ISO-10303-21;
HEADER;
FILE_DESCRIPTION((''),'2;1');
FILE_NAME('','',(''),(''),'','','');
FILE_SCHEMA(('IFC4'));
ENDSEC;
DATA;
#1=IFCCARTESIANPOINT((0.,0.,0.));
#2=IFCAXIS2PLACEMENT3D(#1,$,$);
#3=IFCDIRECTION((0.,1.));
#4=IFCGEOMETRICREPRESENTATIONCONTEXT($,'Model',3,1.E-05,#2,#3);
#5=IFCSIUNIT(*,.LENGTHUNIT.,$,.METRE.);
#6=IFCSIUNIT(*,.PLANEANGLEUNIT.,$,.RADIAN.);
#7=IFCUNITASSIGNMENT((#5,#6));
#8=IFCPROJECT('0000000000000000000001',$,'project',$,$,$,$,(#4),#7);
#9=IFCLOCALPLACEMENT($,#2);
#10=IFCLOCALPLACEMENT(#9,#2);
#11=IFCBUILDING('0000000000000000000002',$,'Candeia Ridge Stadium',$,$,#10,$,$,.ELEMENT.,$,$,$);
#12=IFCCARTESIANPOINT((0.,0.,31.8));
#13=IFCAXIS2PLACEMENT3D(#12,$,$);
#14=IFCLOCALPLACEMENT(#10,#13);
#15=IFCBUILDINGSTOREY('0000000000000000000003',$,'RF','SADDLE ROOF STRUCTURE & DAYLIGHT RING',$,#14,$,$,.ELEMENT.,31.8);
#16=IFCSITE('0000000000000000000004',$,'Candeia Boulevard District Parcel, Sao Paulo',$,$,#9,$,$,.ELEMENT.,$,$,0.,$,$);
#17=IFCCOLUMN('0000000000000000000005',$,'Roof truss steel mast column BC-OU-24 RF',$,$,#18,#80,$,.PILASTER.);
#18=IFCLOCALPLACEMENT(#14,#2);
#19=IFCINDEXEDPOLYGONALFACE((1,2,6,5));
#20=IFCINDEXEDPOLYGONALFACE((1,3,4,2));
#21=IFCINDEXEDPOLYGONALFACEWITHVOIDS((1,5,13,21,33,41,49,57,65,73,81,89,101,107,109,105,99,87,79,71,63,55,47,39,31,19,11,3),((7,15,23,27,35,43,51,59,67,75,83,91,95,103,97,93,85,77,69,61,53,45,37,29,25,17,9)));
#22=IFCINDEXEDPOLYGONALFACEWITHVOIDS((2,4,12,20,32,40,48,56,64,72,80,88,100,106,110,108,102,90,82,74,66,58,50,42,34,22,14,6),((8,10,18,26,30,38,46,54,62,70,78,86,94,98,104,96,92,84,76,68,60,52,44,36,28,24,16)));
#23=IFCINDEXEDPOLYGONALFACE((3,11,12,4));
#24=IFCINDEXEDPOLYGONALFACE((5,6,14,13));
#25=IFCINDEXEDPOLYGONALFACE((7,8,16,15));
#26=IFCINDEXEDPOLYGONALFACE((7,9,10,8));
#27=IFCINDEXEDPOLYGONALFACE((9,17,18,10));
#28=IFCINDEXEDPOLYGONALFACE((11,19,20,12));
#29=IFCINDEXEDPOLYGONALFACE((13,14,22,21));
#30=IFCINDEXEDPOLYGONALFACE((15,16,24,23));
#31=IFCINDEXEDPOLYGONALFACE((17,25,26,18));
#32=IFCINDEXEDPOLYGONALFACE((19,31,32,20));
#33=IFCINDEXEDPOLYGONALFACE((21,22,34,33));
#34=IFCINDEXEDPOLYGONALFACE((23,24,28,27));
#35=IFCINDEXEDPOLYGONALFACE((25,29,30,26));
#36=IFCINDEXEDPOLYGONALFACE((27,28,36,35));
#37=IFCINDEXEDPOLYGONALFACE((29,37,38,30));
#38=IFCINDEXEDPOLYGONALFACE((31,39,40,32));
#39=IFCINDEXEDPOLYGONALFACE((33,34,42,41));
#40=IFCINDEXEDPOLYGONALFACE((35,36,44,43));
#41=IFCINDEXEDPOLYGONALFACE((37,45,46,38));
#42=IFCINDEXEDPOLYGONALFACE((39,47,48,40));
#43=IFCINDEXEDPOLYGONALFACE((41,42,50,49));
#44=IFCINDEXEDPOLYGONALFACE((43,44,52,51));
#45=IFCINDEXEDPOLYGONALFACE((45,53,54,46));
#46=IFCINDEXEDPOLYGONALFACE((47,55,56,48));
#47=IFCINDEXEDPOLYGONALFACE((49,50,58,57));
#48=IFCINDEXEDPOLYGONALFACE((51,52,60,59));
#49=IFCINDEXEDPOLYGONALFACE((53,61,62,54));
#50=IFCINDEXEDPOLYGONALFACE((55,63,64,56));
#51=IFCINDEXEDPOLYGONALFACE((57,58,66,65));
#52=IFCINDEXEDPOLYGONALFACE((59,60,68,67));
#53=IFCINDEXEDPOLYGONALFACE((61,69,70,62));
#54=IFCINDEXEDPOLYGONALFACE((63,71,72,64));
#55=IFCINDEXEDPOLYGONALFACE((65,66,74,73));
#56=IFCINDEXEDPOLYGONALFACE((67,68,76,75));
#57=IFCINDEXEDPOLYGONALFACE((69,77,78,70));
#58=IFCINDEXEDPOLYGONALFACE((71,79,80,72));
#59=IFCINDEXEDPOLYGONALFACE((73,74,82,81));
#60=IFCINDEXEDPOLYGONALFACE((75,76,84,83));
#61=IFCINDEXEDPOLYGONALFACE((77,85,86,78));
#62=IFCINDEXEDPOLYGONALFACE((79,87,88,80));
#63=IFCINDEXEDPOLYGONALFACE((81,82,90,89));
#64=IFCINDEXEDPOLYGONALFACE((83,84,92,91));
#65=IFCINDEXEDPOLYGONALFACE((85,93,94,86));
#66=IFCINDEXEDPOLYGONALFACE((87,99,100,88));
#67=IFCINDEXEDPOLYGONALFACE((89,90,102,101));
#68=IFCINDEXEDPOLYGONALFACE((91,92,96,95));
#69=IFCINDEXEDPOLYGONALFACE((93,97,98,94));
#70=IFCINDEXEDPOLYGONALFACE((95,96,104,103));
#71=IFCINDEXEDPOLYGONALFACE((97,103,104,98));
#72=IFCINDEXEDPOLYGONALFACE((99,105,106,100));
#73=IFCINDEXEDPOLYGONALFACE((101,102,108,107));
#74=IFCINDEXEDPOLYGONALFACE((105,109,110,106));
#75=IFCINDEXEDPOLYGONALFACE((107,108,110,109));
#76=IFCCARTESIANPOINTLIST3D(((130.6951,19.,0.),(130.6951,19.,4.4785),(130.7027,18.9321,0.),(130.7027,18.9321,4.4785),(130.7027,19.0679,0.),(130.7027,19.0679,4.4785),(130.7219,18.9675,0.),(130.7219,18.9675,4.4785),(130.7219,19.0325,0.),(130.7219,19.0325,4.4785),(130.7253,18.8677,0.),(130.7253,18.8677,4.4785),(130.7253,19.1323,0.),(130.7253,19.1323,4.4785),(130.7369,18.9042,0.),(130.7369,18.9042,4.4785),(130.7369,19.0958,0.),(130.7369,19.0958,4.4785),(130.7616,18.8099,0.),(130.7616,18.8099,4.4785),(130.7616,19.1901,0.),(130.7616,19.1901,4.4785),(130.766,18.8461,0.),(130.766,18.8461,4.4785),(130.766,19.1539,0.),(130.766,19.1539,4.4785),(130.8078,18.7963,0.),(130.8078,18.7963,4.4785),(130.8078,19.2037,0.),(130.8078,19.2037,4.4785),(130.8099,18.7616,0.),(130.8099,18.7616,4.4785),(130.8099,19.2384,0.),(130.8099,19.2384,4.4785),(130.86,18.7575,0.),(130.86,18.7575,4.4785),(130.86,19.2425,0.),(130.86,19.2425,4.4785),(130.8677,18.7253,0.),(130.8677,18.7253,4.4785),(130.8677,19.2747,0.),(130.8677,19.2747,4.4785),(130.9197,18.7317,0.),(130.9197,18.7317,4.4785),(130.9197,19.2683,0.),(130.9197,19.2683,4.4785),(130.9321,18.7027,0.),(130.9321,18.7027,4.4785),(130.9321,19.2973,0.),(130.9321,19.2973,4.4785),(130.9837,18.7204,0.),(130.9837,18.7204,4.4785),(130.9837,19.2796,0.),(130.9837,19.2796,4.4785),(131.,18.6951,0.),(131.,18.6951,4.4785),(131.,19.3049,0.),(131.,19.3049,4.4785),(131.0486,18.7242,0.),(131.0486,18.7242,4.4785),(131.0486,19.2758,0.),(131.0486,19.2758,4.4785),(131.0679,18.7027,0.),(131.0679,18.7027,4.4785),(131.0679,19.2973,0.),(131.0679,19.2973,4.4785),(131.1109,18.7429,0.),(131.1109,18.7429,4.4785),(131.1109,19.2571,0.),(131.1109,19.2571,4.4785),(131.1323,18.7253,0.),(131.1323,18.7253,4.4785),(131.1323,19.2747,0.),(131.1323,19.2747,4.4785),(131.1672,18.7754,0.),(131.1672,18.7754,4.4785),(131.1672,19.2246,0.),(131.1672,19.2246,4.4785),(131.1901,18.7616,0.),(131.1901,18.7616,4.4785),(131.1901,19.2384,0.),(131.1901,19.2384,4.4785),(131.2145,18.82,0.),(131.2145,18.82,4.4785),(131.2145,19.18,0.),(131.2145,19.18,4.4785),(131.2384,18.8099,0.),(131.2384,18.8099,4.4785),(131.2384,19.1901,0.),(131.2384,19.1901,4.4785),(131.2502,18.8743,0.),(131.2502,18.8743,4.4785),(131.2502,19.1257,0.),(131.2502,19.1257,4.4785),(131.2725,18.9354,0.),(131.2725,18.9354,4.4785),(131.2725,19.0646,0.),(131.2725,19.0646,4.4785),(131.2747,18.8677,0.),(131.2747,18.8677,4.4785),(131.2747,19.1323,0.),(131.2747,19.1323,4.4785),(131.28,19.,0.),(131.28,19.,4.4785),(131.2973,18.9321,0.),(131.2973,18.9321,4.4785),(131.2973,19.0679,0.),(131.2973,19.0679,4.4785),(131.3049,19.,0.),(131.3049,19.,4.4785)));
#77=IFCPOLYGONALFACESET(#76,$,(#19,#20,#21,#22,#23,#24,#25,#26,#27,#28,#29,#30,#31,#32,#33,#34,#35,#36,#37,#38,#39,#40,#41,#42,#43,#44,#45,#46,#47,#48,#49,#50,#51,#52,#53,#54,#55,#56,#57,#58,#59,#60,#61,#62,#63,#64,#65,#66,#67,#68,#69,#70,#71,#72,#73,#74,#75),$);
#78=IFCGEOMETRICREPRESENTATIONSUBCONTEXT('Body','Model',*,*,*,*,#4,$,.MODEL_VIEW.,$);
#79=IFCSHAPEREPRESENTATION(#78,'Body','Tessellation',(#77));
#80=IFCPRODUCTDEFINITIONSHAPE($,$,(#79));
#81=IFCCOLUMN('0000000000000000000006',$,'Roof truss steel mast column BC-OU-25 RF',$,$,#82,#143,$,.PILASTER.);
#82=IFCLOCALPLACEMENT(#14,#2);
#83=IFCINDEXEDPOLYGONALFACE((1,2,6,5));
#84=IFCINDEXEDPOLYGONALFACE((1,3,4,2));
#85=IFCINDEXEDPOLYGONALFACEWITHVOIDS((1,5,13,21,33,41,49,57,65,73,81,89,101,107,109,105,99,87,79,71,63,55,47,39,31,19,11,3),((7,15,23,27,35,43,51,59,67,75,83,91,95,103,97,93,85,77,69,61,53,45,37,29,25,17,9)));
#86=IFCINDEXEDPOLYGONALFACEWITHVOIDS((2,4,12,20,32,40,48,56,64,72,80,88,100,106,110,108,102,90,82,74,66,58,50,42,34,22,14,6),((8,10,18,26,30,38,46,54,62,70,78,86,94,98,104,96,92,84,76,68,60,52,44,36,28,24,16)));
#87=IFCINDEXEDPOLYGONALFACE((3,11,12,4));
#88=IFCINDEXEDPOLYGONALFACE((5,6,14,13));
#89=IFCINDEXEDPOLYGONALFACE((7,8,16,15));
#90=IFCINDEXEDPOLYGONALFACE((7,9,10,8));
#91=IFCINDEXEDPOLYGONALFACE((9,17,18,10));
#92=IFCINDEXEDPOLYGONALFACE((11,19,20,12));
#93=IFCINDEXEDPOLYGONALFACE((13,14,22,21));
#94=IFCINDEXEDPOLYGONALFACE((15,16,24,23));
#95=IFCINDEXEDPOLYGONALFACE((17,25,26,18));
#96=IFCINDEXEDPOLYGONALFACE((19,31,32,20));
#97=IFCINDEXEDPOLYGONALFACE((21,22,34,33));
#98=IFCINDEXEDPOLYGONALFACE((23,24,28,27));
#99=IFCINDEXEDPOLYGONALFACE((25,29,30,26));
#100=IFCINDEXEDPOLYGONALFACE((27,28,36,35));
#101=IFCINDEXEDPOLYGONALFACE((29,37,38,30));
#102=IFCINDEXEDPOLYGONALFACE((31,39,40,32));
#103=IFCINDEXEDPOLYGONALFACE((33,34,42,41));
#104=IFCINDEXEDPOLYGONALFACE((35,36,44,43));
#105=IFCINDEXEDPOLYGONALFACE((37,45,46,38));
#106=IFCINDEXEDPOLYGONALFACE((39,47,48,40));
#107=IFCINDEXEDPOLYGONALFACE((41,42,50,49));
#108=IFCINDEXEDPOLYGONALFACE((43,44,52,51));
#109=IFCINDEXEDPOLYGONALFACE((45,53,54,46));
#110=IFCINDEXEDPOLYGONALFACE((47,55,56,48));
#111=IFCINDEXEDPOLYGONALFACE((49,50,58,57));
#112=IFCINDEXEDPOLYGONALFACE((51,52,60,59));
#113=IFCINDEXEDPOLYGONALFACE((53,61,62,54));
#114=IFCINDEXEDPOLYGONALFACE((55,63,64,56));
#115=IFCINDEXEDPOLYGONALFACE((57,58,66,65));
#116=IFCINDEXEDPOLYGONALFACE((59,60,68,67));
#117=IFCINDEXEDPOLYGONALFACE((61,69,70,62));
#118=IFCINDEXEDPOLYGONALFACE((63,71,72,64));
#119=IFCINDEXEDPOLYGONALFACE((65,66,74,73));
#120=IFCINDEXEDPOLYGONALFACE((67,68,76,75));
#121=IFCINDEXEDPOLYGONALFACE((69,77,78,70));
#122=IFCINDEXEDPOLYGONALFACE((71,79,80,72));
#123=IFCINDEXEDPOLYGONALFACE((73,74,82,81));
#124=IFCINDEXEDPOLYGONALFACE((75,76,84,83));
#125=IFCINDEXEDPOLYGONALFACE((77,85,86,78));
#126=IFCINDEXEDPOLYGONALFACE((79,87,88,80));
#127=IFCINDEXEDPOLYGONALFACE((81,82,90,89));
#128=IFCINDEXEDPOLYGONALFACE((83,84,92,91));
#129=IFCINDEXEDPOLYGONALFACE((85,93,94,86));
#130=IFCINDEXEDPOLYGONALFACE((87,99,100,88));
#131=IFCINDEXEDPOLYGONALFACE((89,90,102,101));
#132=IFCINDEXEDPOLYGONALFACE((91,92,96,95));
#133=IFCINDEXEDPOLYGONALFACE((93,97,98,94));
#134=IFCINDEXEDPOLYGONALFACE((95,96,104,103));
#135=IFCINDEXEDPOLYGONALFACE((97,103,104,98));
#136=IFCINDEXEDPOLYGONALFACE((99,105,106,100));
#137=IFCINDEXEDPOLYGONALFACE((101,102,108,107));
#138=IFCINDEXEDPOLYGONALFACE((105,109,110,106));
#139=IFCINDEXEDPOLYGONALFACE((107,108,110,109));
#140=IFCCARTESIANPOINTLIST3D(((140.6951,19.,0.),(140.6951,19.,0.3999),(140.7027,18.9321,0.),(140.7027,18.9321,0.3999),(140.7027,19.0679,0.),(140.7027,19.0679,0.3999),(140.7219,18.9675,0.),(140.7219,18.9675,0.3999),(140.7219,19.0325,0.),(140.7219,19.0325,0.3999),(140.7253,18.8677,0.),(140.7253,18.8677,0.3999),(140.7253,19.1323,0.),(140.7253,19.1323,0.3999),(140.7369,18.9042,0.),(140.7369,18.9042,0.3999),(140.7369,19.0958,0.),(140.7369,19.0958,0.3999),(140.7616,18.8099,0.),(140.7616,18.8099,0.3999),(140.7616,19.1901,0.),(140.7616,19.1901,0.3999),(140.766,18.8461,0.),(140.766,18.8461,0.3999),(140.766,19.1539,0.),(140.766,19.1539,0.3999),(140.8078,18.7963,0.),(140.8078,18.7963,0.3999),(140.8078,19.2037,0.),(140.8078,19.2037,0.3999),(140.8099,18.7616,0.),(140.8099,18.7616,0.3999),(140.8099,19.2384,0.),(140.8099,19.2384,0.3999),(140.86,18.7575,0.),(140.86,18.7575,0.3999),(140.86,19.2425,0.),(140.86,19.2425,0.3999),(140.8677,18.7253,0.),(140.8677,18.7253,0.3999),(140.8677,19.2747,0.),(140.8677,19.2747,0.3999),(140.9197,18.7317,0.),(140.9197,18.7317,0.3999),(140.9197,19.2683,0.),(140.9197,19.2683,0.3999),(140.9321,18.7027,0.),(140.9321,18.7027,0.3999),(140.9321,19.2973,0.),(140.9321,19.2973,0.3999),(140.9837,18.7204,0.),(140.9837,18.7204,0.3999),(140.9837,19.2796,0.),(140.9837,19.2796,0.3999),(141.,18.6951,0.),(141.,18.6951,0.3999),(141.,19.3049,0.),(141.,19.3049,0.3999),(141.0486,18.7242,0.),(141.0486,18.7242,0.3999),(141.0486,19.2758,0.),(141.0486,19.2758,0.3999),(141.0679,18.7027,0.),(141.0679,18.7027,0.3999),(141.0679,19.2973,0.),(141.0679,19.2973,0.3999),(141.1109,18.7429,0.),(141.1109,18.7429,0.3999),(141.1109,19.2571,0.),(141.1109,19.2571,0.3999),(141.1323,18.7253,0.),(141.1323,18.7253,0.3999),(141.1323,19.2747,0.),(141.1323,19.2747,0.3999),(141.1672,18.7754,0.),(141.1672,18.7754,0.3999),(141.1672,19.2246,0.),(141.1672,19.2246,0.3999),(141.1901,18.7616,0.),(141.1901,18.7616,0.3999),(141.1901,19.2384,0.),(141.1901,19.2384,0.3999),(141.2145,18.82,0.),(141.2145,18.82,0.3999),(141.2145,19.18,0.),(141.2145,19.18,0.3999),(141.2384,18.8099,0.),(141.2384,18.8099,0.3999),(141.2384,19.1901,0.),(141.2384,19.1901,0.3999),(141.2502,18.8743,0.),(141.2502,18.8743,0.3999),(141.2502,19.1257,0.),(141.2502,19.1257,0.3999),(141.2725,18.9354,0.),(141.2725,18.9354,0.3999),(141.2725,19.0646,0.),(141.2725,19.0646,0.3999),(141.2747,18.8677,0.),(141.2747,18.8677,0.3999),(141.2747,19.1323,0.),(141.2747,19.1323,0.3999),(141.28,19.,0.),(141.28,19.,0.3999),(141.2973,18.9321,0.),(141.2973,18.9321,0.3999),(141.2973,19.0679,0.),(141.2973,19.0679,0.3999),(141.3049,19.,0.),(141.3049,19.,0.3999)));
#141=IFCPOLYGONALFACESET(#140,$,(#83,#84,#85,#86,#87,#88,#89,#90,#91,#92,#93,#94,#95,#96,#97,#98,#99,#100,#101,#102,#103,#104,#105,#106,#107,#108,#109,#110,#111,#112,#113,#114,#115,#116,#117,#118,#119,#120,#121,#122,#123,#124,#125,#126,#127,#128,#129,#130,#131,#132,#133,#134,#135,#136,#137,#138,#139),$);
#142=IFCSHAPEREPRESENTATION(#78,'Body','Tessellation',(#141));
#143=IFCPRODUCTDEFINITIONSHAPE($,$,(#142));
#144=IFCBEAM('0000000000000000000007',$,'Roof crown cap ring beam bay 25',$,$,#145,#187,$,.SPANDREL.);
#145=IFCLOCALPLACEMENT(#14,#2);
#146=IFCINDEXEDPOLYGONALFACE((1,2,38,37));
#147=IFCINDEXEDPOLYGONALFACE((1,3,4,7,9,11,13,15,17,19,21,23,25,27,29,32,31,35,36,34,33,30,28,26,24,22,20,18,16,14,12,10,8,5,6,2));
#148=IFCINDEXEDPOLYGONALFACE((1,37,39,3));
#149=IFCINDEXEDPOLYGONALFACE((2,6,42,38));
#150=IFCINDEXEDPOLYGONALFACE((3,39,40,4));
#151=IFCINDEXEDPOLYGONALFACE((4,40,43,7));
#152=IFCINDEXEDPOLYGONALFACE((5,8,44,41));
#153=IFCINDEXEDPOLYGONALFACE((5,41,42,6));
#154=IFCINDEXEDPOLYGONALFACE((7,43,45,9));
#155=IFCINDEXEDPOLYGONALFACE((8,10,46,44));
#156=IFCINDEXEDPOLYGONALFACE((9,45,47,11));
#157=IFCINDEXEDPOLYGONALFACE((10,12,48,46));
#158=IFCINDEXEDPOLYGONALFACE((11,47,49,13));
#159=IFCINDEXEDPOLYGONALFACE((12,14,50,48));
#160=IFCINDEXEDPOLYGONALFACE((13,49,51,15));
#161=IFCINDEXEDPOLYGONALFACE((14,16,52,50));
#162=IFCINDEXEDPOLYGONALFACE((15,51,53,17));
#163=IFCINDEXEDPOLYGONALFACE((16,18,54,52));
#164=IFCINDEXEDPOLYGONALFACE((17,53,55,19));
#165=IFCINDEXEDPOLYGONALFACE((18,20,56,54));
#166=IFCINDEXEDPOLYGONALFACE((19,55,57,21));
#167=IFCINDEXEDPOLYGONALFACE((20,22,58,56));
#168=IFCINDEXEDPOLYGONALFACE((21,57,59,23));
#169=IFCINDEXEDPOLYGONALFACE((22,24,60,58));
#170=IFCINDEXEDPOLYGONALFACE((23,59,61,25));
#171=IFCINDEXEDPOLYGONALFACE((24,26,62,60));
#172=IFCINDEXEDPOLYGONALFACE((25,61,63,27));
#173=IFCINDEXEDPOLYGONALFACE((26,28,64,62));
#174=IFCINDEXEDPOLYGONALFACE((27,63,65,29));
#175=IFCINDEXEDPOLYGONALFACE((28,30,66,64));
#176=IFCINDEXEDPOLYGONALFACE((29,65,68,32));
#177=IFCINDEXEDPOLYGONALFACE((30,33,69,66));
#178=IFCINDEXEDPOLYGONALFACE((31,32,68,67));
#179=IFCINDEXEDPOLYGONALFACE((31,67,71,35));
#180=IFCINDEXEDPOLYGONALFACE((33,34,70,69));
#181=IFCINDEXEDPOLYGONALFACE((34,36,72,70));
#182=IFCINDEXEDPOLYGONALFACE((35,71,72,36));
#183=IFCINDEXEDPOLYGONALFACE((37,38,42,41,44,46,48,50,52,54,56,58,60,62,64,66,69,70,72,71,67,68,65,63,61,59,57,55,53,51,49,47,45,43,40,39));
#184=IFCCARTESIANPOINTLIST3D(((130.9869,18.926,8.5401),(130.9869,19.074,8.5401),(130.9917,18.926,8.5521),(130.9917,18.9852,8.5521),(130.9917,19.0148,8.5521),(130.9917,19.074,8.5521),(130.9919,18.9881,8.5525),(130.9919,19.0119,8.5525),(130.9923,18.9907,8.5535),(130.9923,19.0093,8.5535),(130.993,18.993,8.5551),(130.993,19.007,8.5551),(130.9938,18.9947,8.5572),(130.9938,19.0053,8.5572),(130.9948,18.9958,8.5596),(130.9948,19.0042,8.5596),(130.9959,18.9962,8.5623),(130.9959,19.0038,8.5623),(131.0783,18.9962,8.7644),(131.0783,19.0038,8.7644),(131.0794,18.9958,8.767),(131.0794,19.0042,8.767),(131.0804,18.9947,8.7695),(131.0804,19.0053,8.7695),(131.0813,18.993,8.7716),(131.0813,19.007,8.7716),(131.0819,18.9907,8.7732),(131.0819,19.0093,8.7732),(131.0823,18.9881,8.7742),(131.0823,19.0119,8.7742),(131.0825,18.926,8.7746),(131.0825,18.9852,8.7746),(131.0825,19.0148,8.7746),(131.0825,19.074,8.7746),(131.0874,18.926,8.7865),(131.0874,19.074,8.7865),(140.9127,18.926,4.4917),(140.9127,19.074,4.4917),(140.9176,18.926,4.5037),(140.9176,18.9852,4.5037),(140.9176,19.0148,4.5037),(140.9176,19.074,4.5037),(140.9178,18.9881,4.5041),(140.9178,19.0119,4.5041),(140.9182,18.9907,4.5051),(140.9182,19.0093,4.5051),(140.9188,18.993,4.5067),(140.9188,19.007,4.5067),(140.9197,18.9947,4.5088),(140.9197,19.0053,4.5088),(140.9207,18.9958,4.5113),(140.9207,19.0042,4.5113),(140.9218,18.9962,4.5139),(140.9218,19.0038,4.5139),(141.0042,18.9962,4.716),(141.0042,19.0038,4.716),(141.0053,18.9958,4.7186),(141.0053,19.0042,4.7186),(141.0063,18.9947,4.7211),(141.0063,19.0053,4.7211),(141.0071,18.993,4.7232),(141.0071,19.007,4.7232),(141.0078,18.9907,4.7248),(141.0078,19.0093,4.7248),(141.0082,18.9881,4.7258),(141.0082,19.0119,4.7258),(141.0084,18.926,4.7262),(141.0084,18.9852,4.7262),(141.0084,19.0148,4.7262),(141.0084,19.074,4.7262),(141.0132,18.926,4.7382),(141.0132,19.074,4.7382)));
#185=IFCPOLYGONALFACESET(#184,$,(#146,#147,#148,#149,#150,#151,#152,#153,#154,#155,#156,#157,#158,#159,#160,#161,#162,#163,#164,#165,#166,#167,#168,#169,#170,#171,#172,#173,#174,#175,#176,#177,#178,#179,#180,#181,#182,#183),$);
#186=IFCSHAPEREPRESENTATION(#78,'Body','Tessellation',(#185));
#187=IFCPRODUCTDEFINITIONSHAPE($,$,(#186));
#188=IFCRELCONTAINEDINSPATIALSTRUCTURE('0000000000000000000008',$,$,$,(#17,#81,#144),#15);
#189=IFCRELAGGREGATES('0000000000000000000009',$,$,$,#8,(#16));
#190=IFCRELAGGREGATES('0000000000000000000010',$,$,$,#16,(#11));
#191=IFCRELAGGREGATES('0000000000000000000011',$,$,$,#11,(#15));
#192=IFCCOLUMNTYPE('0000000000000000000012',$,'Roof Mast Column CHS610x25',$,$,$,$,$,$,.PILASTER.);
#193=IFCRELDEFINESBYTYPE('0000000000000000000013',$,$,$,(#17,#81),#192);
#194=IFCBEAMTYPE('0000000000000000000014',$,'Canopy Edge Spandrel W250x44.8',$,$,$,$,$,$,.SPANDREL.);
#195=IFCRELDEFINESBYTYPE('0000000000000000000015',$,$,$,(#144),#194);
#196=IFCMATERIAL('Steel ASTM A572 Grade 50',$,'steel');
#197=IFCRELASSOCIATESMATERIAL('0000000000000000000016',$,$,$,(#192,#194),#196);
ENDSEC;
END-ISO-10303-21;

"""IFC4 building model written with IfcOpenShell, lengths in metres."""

from ifc_helpers import new_model, si_unit, direction, frame, origin, origin_2d, place, context, subcontext, project, spatial, hollow_circle, i_section, extrude, material, material_profile, profile_set, type_object, element, save


model = new_model("IFC4")

# Units and contexts
model_context = context("Model", 3, precision=1e-05, world=origin(), true_north=direction((0.0, 1.0)))
body_context = subcontext(model_context, "Body", "Model", "MODEL_VIEW")
ifc_project = project(units=[si_unit("LENGTHUNIT", "METRE"), si_unit("PLANEANGLEUNIT", "RADIAN")], contexts=[model_context])

# Site, building, storey
site_placement = place(None, origin())
site = spatial("IfcSite", under=ifc_project, at=site_placement, Name="Candeia Boulevard District Parcel, Sao Paulo", CompositionType="ELEMENT", RefElevation=0.0)
building_placement = place(site_placement, origin())
building = spatial("IfcBuilding", under=site, at=building_placement, Name="Candeia Ridge Stadium", CompositionType="ELEMENT")
storey_placement = place(building_placement, frame((0.0, 0.0, 31.8)))
storey = spatial("IfcBuildingStorey", under=building, at=storey_placement, Name="RF", Description="SADDLE ROOF STRUCTURE & DAYLIGHT RING", CompositionType="ELEMENT", Elevation=31.8)

# Columns
ifc_material_1 = material(Name="Steel ASTM A572 Grade 50", Category="steel")
ifc_material_profile_1 = material_profile(ifc_material_1, hollow_circle(Radius=0.3049, WallThickness=0.0249, at=origin_2d()), Name="CHS610x25", Category="steel")
ifc_profile_set_1 = profile_set([ifc_material_profile_1], Name="Steel ASTM A572 Grade 50")
column_type = type_object("IfcColumnType", Name="Roof Mast Column CHS610x25", PredefinedType="PILASTER", material=ifc_profile_set_1)
column_1_placement = place(storey_placement, frame((131.0, 19.0, 0.0), z_axis=(0.0, 0.0, 1.0), x_axis=(1.0, 0.0, 0.0)))
element("IfcColumn", 1, at=column_1_placement, inside=storey, type_object=column_type, Name="Roof truss steel mast column BC-OU-24 RF", PredefinedType="PILASTER", context=body_context, shape_type="SweptSolid", body=[
    extrude(hollow_circle(Radius=0.3049, WallThickness=0.0249, at=origin_2d()), origin(), (0.0, 0.0, 1.0), 4.4785),
])
column_2_placement = place(storey_placement, frame((141.0, 19.0, 0.0), z_axis=(0.0, 0.0, 1.0), x_axis=(1.0, 0.0, 0.0)))
element("IfcColumn", 2, at=column_2_placement, inside=storey, type_object=column_type, Name="Roof truss steel mast column BC-OU-25 RF", PredefinedType="PILASTER", context=body_context, shape_type="SweptSolid", body=[
    extrude(hollow_circle(Radius=0.3049, WallThickness=0.0249, at=origin_2d()), origin(), (0.0, 0.0, 1.0), 0.3999),
])

# Beam
ifc_material_profile_2 = material_profile(ifc_material_1, i_section(OverallWidth=0.1479, OverallDepth=0.2661, WebThickness=0.0076, FlangeThickness=0.0129, FilletRadius=0.011, at=origin_2d()), Name="W250x44.8", Category="steel")
ifc_profile_set_2 = profile_set([ifc_material_profile_2], Name="Steel ASTM A572 Grade 50")
beam_type_1 = type_object("IfcBeamType", Name="Canopy Edge Spandrel W250x44.8", PredefinedType="SPANDREL", material=ifc_profile_set_2)
beam_1_placement = place(storey_placement, frame((131.0371, 19.0, 8.6633), z_axis=(0.925946, 0.0, -0.377657), x_axis=(0.0, 1.0, 0.0)))
element("IfcBeam", 3, at=beam_1_placement, inside=storey, type_object=beam_type_1, Name="Roof crown cap ring beam bay 25", PredefinedType="SPANDREL", context=body_context, shape_type="SweptSolid", body=[
    extrude(i_section(OverallWidth=0.1479, OverallDepth=0.2661, WebThickness=0.0076, FlangeThickness=0.0129, FilletRadius=0.011, at=origin_2d()), origin(), (0.0, 0.0, 1.0), 10.7197),
])

save(model, "model.ifc")
